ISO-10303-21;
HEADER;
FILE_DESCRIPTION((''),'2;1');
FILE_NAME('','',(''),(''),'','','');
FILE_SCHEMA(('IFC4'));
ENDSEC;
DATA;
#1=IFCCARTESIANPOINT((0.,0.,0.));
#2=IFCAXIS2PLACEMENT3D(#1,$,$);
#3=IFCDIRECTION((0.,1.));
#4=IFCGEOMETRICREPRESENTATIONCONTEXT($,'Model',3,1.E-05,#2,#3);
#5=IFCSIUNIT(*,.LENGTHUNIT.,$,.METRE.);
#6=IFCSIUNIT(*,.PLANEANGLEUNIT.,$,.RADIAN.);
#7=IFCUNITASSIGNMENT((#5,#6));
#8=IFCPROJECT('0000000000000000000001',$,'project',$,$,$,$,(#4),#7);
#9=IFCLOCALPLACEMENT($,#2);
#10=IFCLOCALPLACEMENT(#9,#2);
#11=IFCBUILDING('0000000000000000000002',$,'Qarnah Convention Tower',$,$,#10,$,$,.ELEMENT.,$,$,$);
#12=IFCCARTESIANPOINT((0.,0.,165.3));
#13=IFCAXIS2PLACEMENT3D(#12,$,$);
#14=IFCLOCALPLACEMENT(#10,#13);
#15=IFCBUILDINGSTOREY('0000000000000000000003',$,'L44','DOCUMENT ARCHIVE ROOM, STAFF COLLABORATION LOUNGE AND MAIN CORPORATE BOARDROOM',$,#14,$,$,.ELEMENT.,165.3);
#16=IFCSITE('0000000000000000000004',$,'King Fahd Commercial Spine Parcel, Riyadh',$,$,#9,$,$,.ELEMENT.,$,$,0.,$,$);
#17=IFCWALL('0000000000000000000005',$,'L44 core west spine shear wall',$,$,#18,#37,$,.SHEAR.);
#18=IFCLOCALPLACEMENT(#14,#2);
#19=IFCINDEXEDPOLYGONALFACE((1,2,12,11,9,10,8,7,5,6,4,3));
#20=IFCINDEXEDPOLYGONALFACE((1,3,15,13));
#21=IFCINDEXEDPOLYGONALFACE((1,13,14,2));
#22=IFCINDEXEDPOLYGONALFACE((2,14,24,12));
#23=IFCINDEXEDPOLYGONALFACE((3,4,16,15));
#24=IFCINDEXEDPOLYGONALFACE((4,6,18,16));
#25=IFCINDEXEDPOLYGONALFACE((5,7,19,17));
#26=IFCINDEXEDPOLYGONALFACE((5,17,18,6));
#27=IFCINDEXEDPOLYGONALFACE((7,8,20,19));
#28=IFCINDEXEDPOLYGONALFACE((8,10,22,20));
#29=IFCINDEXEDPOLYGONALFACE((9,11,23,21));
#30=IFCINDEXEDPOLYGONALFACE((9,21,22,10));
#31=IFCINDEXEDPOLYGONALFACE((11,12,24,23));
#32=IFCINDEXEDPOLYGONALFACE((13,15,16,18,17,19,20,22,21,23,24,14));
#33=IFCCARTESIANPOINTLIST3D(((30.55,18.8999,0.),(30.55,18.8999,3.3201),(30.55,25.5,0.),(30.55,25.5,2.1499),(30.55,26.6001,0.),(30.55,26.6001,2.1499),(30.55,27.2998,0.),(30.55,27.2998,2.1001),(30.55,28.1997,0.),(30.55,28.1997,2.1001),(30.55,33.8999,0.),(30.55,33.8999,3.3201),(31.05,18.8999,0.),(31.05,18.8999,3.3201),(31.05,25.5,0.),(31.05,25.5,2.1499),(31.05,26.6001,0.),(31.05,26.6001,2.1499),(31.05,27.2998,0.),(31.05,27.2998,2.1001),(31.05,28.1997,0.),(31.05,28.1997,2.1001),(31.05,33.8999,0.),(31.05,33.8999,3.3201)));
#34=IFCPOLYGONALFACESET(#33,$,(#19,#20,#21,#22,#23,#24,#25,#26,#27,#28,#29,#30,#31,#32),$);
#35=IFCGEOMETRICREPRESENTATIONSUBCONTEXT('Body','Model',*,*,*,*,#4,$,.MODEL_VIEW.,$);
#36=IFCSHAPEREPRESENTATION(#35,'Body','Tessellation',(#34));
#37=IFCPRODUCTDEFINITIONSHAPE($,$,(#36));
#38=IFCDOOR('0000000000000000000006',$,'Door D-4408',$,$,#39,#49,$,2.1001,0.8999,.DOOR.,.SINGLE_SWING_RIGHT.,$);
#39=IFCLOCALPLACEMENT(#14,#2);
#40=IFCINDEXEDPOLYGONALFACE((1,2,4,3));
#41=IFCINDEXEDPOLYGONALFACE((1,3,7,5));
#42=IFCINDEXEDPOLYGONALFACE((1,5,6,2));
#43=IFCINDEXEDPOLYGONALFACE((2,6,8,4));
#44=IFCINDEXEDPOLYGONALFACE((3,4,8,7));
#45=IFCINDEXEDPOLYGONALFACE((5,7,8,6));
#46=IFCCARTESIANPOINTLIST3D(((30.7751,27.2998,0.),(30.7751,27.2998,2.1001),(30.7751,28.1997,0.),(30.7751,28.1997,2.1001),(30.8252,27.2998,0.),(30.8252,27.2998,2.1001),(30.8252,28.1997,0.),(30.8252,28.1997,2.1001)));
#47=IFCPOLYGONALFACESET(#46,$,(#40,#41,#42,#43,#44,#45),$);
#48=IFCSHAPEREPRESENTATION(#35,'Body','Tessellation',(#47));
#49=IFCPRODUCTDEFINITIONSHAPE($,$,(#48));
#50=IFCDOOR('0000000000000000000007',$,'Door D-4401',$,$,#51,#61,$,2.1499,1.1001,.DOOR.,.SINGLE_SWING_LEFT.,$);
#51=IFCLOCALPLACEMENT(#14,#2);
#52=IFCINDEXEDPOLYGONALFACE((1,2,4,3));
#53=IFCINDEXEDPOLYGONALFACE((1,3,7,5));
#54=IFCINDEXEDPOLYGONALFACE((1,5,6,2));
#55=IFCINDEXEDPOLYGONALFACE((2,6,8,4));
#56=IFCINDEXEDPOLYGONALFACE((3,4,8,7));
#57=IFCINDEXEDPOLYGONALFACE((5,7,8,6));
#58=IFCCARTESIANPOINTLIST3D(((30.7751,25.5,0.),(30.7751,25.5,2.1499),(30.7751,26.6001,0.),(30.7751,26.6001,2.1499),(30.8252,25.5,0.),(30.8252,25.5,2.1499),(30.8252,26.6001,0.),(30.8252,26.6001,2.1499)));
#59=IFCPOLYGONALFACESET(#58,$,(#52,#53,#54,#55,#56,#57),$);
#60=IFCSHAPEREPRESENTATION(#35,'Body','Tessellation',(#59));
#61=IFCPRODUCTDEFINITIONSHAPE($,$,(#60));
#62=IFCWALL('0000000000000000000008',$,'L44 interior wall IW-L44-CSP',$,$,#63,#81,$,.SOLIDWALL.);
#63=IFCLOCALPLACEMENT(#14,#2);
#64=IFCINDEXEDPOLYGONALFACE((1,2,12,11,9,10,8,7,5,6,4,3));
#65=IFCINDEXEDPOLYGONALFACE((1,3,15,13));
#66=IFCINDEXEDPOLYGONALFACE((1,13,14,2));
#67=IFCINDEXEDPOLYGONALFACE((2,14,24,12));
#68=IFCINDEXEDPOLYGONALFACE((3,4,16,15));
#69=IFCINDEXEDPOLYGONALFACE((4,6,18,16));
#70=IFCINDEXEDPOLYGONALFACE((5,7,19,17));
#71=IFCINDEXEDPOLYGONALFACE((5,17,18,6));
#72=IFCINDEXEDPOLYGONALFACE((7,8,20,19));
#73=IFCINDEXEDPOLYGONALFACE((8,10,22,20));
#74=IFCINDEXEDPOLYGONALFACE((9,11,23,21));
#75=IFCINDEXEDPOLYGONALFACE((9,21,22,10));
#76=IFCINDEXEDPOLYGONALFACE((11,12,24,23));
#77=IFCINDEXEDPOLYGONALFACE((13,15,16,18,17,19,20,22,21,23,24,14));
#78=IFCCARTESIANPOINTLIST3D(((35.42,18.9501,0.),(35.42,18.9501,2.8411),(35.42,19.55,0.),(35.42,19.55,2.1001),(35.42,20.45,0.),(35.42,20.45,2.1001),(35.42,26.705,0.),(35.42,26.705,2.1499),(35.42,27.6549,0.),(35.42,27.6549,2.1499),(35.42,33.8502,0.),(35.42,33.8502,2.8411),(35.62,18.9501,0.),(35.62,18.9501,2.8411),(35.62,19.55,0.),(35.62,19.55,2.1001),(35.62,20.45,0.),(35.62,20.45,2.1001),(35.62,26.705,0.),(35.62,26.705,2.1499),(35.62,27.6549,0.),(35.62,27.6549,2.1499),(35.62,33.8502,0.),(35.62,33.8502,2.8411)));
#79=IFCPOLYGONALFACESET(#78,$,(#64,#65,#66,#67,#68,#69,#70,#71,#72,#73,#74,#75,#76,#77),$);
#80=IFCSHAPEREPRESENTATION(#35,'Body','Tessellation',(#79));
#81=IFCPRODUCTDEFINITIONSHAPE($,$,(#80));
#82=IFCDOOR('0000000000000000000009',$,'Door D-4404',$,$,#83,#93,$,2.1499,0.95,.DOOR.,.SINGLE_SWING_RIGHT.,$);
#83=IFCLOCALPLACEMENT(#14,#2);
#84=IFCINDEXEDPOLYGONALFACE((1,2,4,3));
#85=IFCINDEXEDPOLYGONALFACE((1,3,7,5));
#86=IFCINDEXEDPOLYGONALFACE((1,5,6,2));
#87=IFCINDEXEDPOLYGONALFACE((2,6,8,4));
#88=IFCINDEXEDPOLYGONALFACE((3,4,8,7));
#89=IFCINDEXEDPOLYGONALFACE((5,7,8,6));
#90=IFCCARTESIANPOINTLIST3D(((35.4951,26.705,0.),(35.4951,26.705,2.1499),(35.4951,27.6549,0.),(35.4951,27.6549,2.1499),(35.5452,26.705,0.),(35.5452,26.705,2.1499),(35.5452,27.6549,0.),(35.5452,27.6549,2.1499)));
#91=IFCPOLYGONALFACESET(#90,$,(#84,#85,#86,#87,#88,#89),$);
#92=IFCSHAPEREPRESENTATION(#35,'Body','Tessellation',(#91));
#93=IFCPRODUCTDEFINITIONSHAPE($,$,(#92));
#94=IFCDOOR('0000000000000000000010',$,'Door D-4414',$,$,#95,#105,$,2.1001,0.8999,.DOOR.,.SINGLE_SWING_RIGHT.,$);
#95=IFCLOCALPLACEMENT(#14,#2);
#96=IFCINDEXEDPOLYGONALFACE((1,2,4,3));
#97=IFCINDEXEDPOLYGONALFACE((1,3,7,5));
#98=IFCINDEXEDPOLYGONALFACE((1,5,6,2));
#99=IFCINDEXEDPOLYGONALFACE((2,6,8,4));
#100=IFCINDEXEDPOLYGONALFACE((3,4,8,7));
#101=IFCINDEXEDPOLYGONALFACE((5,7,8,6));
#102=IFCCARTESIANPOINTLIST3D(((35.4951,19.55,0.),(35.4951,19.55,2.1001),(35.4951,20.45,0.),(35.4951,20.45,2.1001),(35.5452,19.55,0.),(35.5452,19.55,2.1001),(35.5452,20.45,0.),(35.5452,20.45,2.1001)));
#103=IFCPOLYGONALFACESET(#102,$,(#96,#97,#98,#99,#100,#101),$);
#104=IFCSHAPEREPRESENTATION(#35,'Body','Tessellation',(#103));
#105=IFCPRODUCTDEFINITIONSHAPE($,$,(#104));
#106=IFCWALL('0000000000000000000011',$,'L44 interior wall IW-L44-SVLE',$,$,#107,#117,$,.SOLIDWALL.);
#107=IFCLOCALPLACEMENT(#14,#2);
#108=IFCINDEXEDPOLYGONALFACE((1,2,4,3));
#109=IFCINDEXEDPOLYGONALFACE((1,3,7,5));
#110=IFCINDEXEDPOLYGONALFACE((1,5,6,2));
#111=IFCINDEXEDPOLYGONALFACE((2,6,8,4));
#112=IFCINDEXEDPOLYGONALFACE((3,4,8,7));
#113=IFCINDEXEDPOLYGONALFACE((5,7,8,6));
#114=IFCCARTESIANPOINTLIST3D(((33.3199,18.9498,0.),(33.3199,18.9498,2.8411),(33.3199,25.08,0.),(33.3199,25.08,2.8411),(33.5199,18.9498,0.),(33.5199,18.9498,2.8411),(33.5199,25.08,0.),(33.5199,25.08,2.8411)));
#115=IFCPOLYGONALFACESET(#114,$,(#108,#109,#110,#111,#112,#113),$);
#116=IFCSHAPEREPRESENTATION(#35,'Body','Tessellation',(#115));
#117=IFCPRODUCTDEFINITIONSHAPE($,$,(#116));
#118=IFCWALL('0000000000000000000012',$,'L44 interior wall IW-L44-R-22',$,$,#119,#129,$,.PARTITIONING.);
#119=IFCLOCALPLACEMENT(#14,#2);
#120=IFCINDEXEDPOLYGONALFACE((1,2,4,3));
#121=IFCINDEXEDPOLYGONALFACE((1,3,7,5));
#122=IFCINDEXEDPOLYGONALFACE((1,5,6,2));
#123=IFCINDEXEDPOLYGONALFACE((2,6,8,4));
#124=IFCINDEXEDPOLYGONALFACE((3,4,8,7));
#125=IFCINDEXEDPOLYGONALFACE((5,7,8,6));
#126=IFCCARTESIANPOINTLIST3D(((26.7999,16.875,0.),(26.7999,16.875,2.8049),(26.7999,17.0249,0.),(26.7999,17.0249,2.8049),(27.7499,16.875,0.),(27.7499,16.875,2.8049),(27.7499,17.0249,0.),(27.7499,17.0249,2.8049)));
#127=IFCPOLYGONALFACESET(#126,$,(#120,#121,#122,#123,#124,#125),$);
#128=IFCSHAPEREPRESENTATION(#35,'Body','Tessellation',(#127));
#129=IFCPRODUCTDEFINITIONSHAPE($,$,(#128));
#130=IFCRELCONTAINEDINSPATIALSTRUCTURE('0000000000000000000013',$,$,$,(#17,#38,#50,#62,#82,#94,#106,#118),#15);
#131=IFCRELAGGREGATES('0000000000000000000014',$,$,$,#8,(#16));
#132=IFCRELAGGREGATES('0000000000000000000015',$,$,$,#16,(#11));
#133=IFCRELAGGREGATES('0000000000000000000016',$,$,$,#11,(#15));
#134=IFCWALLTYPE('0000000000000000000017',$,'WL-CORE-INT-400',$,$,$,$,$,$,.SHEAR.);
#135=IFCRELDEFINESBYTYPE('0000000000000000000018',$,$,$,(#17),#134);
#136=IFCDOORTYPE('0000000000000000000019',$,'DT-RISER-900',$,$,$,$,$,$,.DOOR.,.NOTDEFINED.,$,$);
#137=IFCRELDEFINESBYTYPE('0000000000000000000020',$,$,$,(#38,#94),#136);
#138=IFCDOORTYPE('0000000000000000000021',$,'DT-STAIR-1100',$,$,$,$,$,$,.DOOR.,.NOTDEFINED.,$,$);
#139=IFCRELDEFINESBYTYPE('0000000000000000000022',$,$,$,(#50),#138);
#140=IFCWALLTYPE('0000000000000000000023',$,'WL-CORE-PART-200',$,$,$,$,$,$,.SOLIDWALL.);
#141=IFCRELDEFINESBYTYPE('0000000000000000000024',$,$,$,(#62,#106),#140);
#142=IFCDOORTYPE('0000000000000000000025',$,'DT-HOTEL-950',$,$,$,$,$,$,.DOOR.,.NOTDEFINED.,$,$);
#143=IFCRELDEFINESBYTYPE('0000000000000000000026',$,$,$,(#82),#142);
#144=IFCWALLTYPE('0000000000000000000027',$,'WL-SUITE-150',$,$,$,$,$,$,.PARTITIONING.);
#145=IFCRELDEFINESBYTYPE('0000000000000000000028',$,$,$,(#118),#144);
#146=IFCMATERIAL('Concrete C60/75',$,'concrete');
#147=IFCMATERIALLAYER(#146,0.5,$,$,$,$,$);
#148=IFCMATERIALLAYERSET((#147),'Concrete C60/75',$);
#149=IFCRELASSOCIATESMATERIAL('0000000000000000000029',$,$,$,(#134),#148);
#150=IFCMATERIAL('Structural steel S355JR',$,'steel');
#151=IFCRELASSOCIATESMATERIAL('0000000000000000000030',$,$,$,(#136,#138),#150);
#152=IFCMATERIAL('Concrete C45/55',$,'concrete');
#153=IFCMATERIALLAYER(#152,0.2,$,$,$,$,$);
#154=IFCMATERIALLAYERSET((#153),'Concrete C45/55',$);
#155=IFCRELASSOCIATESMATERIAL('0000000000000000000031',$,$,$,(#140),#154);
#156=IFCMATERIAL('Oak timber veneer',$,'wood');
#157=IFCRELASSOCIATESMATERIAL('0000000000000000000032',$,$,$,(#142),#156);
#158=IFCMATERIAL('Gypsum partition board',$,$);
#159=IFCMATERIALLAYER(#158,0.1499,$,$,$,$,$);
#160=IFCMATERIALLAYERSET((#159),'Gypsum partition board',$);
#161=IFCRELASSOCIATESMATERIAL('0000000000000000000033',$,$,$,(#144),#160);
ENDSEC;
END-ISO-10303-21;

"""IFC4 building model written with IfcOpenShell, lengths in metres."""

from ifc_helpers import new_model, si_unit, direction, frame, frame_2d, origin, place, context, subcontext, project, spatial, rectangle, extrude, material, layer, layer_set, type_object, element, fill, save


model = new_model("IFC4")

# Units and contexts
model_context = context("Model", 3, precision=1e-05, world=origin(), true_north=direction((0.0, 1.0)))
body_context = subcontext(model_context, "Body", "Model", "MODEL_VIEW")
ifc_project = project(units=[si_unit("LENGTHUNIT", "METRE"), si_unit("PLANEANGLEUNIT", "RADIAN")], contexts=[model_context])

# Site, building, storey
site_placement = place(None, origin())
site = spatial("IfcSite", under=ifc_project, at=site_placement, Name="King Fahd Commercial Spine Parcel, Riyadh", CompositionType="ELEMENT", RefElevation=0.0)
building_placement = place(site_placement, origin())
building = spatial("IfcBuilding", under=site, at=building_placement, Name="Qarnah Convention Tower", CompositionType="ELEMENT")
storey_placement = place(building_placement, frame((0.0, 0.0, 165.3)))
storey = spatial("IfcBuildingStorey", under=building, at=storey_placement, Name="L44", Description="DOCUMENT ARCHIVE ROOM, STAFF COLLABORATION LOUNGE AND MAIN CORPORATE BOARDROOM", CompositionType="ELEMENT", Elevation=165.3)

# Shared definitions
ifc_material_1 = material(Name="Concrete C60/75", Category="concrete")

# Shared definitions
ifc_material_2 = material(Name="Structural steel S355JR", Category="steel")

# Walls, openings, doors
ifc_layer_1 = layer(ifc_material_1, 0.5)
ifc_layer_set_1 = layer_set([ifc_layer_1], Name="Concrete C60/75")
wall_type_1 = type_object("IfcWallType", Name="WL-CORE-INT-400", PredefinedType="SHEAR", material=ifc_layer_set_1)
wall_1_placement = place(storey_placement, frame((30.8, 18.8999, 0.0), z_axis=(0.0, 0.0, 1.0), x_axis=(0.0, 1.0, 0.0)))
wall_1 = element("IfcWall", 1, at=wall_1_placement, inside=storey, type_object=wall_type_1, Name="L44 core west spine shear wall", PredefinedType="SHEAR", context=body_context, shape_type="SweptSolid", body=[
    extrude(rectangle(XDim=15.0, YDim=0.5, at=frame_2d((7.5, 0.0))), origin(), (0.0, 0.0, 1.0), 3.3201),
])
opening_1_placement = place(wall_1_placement, frame((6.6001, 0.0, 0.0)))
opening_1 = element("IfcOpeningElement", 2, at=opening_1_placement, cuts=wall_1, PredefinedType="OPENING", context=body_context, shape_type="SweptSolid", body=[
    extrude(rectangle(XDim=1.1001, YDim=2.1499, at=frame_2d((0.55, 1.075))), frame((0.0, 0.26, 0.0), z_axis=(0.0, -1.0, 0.0), x_axis=(1.0, 0.0, 0.0)), (0.0, 0.0, 1.0), 0.52),
])
opening_2_placement = place(wall_1_placement, frame((8.3999, 0.0, 0.0)))
opening_2 = element("IfcOpeningElement", 3, at=opening_2_placement, cuts=wall_1, PredefinedType="OPENING", context=body_context, shape_type="SweptSolid", body=[
    extrude(rectangle(XDim=0.8999, YDim=2.1001, at=frame_2d((0.45, 1.05))), frame((0.0, 0.26, 0.0), z_axis=(0.0, -1.0, 0.0), x_axis=(1.0, 0.0, 0.0)), (0.0, 0.0, 1.0), 0.52),
])
door_type_1 = type_object("IfcDoorType", Name="DT-RISER-900", OperationType="NOTDEFINED", PredefinedType="DOOR", material=ifc_material_2)
door_1_placement = place(opening_2_placement, origin())
door_1 = element("IfcDoor", 4, at=door_1_placement, inside=storey, type_object=door_type_1, Name="Door D-4408", OperationType="SINGLE_SWING_RIGHT", OverallHeight=2.1001, OverallWidth=0.8999, PredefinedType="DOOR", context=body_context, shape_type="SweptSolid", body=[
    extrude(rectangle(XDim=0.8999, YDim=2.1001, at=frame_2d((0.45, 1.05))), frame((0.0, 0.0249, 0.0), z_axis=(0.0, -1.0, 0.0), x_axis=(1.0, 0.0, 0.0)), (0.0, 0.0, 1.0), 0.05),
])
fill(opening_2, door_1)
door_type_2 = type_object("IfcDoorType", Name="DT-STAIR-1100", OperationType="NOTDEFINED", PredefinedType="DOOR", material=ifc_material_2)
door_2_placement = place(opening_1_placement, origin())
door_2 = element("IfcDoor", 5, at=door_2_placement, inside=storey, type_object=door_type_2, Name="Door D-4401", OperationType="SINGLE_SWING_LEFT", OverallHeight=2.1499, OverallWidth=1.1001, PredefinedType="DOOR", context=body_context, shape_type="SweptSolid", body=[
    extrude(rectangle(XDim=1.1001, YDim=2.1499, at=frame_2d((0.55, 1.075))), frame((0.0, 0.0249, 0.0), z_axis=(0.0, -1.0, 0.0), x_axis=(1.0, 0.0, 0.0)), (0.0, 0.0, 1.0), 0.05),
])
fill(opening_1, door_2)
ifc_material_3 = material(Name="Concrete C45/55", Category="concrete")
ifc_layer_2 = layer(ifc_material_3, 0.2)
ifc_layer_set_2 = layer_set([ifc_layer_2], Name="Concrete C45/55")
wall_type_2 = type_object("IfcWallType", Name="WL-CORE-PART-200", PredefinedType="SOLIDWALL", material=ifc_layer_set_2)
wall_2_placement = place(storey_placement, frame((35.52, 18.95, 0.0), z_axis=(0.0, 0.0, 1.0), x_axis=(0.0, 1.0, 0.0)))
wall_2 = element("IfcWall", 6, at=wall_2_placement, inside=storey, type_object=wall_type_2, Name="L44 interior wall IW-L44-CSP", PredefinedType="SOLIDWALL", context=body_context, shape_type="SweptSolid", body=[
    extrude(rectangle(XDim=14.9001, YDim=0.2, at=frame_2d((7.4502, 0.0))), origin(), (0.0, 0.0, 1.0), 2.8411),
])
opening_3_placement = place(wall_2_placement, frame((7.7549, 0.0, 0.0)))
opening_3 = element("IfcOpeningElement", 7, at=opening_3_placement, cuts=wall_2, PredefinedType="OPENING", context=body_context, shape_type="SweptSolid", body=[
    extrude(rectangle(XDim=0.95, YDim=2.1499, at=frame_2d((0.4751, 1.075))), frame((0.0, 0.1099, 0.0), z_axis=(0.0, -1.0, 0.0), x_axis=(1.0, 0.0, 0.0)), (0.0, 0.0, 1.0), 0.22),
])
opening_4_placement = place(wall_2_placement, frame((0.6001, 0.0, 0.0)))
opening_4 = element("IfcOpeningElement", 8, at=opening_4_placement, cuts=wall_2, PredefinedType="OPENING", context=body_context, shape_type="SweptSolid", body=[
    extrude(rectangle(XDim=0.8999, YDim=2.1001, at=frame_2d((0.45, 1.05))), frame((0.0, 0.1099, 0.0), z_axis=(0.0, -1.0, 0.0), x_axis=(1.0, 0.0, 0.0)), (0.0, 0.0, 1.0), 0.22),
])
ifc_material_4 = material(Name="Oak timber veneer", Category="wood")
door_type_3 = type_object("IfcDoorType", Name="DT-HOTEL-950", OperationType="NOTDEFINED", PredefinedType="DOOR", material=ifc_material_4)
door_3_placement = place(opening_3_placement, origin())
door_3 = element("IfcDoor", 9, at=door_3_placement, inside=storey, type_object=door_type_3, Name="Door D-4404", OperationType="SINGLE_SWING_RIGHT", OverallHeight=2.1499, OverallWidth=0.95, PredefinedType="DOOR", context=body_context, shape_type="SweptSolid", body=[
    extrude(rectangle(XDim=0.95, YDim=2.1499, at=frame_2d((0.4751, 1.075))), frame((0.0, 0.0249, 0.0), z_axis=(0.0, -1.0, 0.0), x_axis=(1.0, 0.0, 0.0)), (0.0, 0.0, 1.0), 0.05),
])
fill(opening_3, door_3)
door_4_placement = place(opening_4_placement, origin())
door_4 = element("IfcDoor", 10, at=door_4_placement, inside=storey, type_object=door_type_1, Name="Door D-4414", OperationType="SINGLE_SWING_RIGHT", OverallHeight=2.1001, OverallWidth=0.8999, PredefinedType="DOOR", context=body_context, shape_type="SweptSolid", body=[
    extrude(rectangle(XDim=0.8999, YDim=2.1001, at=frame_2d((0.45, 1.05))), frame((0.0, 0.0249, 0.0), z_axis=(0.0, -1.0, 0.0), x_axis=(1.0, 0.0, 0.0)), (0.0, 0.0, 1.0), 0.05),
])
fill(opening_4, door_4)

# Walls
wall_3_placement = place(storey_placement, frame((33.4199, 18.95, 0.0), z_axis=(0.0, 0.0, 1.0), x_axis=(0.0, 1.0, 0.0)))
element("IfcWall", 11, at=wall_3_placement, inside=storey, type_object=wall_type_2, Name="L44 interior wall IW-L44-SVLE", PredefinedType="SOLIDWALL", context=body_context, shape_type="SweptSolid", body=[
    extrude(rectangle(XDim=6.1301, YDim=0.2, at=frame_2d((3.0649, 0.0))), origin(), (0.0, 0.0, 1.0), 2.8411),
])
ifc_material_5 = material(Name="Gypsum partition board")
ifc_layer_3 = layer(ifc_material_5, 0.1499)
ifc_layer_set_3 = layer_set([ifc_layer_3], Name="Gypsum partition board")
wall_type_3 = type_object("IfcWallType", Name="WL-SUITE-150", PredefinedType="PARTITIONING", material=ifc_layer_set_3)
wall_4_placement = place(storey_placement, frame((27.75, 16.95, 0.0), z_axis=(0.0, 0.0, 1.0), x_axis=(-1.0, 0.0, 0.0)))
element("IfcWall", 12, at=wall_4_placement, inside=storey, type_object=wall_type_3, Name="L44 interior wall IW-L44-R-22", PredefinedType="PARTITIONING", context=body_context, shape_type="SweptSolid", body=[
    extrude(rectangle(XDim=0.95, YDim=0.1499, at=frame_2d((0.4751, 0.0))), origin(), (0.0, 0.0, 1.0), 2.8049),
])

save(model, "model.ifc")
